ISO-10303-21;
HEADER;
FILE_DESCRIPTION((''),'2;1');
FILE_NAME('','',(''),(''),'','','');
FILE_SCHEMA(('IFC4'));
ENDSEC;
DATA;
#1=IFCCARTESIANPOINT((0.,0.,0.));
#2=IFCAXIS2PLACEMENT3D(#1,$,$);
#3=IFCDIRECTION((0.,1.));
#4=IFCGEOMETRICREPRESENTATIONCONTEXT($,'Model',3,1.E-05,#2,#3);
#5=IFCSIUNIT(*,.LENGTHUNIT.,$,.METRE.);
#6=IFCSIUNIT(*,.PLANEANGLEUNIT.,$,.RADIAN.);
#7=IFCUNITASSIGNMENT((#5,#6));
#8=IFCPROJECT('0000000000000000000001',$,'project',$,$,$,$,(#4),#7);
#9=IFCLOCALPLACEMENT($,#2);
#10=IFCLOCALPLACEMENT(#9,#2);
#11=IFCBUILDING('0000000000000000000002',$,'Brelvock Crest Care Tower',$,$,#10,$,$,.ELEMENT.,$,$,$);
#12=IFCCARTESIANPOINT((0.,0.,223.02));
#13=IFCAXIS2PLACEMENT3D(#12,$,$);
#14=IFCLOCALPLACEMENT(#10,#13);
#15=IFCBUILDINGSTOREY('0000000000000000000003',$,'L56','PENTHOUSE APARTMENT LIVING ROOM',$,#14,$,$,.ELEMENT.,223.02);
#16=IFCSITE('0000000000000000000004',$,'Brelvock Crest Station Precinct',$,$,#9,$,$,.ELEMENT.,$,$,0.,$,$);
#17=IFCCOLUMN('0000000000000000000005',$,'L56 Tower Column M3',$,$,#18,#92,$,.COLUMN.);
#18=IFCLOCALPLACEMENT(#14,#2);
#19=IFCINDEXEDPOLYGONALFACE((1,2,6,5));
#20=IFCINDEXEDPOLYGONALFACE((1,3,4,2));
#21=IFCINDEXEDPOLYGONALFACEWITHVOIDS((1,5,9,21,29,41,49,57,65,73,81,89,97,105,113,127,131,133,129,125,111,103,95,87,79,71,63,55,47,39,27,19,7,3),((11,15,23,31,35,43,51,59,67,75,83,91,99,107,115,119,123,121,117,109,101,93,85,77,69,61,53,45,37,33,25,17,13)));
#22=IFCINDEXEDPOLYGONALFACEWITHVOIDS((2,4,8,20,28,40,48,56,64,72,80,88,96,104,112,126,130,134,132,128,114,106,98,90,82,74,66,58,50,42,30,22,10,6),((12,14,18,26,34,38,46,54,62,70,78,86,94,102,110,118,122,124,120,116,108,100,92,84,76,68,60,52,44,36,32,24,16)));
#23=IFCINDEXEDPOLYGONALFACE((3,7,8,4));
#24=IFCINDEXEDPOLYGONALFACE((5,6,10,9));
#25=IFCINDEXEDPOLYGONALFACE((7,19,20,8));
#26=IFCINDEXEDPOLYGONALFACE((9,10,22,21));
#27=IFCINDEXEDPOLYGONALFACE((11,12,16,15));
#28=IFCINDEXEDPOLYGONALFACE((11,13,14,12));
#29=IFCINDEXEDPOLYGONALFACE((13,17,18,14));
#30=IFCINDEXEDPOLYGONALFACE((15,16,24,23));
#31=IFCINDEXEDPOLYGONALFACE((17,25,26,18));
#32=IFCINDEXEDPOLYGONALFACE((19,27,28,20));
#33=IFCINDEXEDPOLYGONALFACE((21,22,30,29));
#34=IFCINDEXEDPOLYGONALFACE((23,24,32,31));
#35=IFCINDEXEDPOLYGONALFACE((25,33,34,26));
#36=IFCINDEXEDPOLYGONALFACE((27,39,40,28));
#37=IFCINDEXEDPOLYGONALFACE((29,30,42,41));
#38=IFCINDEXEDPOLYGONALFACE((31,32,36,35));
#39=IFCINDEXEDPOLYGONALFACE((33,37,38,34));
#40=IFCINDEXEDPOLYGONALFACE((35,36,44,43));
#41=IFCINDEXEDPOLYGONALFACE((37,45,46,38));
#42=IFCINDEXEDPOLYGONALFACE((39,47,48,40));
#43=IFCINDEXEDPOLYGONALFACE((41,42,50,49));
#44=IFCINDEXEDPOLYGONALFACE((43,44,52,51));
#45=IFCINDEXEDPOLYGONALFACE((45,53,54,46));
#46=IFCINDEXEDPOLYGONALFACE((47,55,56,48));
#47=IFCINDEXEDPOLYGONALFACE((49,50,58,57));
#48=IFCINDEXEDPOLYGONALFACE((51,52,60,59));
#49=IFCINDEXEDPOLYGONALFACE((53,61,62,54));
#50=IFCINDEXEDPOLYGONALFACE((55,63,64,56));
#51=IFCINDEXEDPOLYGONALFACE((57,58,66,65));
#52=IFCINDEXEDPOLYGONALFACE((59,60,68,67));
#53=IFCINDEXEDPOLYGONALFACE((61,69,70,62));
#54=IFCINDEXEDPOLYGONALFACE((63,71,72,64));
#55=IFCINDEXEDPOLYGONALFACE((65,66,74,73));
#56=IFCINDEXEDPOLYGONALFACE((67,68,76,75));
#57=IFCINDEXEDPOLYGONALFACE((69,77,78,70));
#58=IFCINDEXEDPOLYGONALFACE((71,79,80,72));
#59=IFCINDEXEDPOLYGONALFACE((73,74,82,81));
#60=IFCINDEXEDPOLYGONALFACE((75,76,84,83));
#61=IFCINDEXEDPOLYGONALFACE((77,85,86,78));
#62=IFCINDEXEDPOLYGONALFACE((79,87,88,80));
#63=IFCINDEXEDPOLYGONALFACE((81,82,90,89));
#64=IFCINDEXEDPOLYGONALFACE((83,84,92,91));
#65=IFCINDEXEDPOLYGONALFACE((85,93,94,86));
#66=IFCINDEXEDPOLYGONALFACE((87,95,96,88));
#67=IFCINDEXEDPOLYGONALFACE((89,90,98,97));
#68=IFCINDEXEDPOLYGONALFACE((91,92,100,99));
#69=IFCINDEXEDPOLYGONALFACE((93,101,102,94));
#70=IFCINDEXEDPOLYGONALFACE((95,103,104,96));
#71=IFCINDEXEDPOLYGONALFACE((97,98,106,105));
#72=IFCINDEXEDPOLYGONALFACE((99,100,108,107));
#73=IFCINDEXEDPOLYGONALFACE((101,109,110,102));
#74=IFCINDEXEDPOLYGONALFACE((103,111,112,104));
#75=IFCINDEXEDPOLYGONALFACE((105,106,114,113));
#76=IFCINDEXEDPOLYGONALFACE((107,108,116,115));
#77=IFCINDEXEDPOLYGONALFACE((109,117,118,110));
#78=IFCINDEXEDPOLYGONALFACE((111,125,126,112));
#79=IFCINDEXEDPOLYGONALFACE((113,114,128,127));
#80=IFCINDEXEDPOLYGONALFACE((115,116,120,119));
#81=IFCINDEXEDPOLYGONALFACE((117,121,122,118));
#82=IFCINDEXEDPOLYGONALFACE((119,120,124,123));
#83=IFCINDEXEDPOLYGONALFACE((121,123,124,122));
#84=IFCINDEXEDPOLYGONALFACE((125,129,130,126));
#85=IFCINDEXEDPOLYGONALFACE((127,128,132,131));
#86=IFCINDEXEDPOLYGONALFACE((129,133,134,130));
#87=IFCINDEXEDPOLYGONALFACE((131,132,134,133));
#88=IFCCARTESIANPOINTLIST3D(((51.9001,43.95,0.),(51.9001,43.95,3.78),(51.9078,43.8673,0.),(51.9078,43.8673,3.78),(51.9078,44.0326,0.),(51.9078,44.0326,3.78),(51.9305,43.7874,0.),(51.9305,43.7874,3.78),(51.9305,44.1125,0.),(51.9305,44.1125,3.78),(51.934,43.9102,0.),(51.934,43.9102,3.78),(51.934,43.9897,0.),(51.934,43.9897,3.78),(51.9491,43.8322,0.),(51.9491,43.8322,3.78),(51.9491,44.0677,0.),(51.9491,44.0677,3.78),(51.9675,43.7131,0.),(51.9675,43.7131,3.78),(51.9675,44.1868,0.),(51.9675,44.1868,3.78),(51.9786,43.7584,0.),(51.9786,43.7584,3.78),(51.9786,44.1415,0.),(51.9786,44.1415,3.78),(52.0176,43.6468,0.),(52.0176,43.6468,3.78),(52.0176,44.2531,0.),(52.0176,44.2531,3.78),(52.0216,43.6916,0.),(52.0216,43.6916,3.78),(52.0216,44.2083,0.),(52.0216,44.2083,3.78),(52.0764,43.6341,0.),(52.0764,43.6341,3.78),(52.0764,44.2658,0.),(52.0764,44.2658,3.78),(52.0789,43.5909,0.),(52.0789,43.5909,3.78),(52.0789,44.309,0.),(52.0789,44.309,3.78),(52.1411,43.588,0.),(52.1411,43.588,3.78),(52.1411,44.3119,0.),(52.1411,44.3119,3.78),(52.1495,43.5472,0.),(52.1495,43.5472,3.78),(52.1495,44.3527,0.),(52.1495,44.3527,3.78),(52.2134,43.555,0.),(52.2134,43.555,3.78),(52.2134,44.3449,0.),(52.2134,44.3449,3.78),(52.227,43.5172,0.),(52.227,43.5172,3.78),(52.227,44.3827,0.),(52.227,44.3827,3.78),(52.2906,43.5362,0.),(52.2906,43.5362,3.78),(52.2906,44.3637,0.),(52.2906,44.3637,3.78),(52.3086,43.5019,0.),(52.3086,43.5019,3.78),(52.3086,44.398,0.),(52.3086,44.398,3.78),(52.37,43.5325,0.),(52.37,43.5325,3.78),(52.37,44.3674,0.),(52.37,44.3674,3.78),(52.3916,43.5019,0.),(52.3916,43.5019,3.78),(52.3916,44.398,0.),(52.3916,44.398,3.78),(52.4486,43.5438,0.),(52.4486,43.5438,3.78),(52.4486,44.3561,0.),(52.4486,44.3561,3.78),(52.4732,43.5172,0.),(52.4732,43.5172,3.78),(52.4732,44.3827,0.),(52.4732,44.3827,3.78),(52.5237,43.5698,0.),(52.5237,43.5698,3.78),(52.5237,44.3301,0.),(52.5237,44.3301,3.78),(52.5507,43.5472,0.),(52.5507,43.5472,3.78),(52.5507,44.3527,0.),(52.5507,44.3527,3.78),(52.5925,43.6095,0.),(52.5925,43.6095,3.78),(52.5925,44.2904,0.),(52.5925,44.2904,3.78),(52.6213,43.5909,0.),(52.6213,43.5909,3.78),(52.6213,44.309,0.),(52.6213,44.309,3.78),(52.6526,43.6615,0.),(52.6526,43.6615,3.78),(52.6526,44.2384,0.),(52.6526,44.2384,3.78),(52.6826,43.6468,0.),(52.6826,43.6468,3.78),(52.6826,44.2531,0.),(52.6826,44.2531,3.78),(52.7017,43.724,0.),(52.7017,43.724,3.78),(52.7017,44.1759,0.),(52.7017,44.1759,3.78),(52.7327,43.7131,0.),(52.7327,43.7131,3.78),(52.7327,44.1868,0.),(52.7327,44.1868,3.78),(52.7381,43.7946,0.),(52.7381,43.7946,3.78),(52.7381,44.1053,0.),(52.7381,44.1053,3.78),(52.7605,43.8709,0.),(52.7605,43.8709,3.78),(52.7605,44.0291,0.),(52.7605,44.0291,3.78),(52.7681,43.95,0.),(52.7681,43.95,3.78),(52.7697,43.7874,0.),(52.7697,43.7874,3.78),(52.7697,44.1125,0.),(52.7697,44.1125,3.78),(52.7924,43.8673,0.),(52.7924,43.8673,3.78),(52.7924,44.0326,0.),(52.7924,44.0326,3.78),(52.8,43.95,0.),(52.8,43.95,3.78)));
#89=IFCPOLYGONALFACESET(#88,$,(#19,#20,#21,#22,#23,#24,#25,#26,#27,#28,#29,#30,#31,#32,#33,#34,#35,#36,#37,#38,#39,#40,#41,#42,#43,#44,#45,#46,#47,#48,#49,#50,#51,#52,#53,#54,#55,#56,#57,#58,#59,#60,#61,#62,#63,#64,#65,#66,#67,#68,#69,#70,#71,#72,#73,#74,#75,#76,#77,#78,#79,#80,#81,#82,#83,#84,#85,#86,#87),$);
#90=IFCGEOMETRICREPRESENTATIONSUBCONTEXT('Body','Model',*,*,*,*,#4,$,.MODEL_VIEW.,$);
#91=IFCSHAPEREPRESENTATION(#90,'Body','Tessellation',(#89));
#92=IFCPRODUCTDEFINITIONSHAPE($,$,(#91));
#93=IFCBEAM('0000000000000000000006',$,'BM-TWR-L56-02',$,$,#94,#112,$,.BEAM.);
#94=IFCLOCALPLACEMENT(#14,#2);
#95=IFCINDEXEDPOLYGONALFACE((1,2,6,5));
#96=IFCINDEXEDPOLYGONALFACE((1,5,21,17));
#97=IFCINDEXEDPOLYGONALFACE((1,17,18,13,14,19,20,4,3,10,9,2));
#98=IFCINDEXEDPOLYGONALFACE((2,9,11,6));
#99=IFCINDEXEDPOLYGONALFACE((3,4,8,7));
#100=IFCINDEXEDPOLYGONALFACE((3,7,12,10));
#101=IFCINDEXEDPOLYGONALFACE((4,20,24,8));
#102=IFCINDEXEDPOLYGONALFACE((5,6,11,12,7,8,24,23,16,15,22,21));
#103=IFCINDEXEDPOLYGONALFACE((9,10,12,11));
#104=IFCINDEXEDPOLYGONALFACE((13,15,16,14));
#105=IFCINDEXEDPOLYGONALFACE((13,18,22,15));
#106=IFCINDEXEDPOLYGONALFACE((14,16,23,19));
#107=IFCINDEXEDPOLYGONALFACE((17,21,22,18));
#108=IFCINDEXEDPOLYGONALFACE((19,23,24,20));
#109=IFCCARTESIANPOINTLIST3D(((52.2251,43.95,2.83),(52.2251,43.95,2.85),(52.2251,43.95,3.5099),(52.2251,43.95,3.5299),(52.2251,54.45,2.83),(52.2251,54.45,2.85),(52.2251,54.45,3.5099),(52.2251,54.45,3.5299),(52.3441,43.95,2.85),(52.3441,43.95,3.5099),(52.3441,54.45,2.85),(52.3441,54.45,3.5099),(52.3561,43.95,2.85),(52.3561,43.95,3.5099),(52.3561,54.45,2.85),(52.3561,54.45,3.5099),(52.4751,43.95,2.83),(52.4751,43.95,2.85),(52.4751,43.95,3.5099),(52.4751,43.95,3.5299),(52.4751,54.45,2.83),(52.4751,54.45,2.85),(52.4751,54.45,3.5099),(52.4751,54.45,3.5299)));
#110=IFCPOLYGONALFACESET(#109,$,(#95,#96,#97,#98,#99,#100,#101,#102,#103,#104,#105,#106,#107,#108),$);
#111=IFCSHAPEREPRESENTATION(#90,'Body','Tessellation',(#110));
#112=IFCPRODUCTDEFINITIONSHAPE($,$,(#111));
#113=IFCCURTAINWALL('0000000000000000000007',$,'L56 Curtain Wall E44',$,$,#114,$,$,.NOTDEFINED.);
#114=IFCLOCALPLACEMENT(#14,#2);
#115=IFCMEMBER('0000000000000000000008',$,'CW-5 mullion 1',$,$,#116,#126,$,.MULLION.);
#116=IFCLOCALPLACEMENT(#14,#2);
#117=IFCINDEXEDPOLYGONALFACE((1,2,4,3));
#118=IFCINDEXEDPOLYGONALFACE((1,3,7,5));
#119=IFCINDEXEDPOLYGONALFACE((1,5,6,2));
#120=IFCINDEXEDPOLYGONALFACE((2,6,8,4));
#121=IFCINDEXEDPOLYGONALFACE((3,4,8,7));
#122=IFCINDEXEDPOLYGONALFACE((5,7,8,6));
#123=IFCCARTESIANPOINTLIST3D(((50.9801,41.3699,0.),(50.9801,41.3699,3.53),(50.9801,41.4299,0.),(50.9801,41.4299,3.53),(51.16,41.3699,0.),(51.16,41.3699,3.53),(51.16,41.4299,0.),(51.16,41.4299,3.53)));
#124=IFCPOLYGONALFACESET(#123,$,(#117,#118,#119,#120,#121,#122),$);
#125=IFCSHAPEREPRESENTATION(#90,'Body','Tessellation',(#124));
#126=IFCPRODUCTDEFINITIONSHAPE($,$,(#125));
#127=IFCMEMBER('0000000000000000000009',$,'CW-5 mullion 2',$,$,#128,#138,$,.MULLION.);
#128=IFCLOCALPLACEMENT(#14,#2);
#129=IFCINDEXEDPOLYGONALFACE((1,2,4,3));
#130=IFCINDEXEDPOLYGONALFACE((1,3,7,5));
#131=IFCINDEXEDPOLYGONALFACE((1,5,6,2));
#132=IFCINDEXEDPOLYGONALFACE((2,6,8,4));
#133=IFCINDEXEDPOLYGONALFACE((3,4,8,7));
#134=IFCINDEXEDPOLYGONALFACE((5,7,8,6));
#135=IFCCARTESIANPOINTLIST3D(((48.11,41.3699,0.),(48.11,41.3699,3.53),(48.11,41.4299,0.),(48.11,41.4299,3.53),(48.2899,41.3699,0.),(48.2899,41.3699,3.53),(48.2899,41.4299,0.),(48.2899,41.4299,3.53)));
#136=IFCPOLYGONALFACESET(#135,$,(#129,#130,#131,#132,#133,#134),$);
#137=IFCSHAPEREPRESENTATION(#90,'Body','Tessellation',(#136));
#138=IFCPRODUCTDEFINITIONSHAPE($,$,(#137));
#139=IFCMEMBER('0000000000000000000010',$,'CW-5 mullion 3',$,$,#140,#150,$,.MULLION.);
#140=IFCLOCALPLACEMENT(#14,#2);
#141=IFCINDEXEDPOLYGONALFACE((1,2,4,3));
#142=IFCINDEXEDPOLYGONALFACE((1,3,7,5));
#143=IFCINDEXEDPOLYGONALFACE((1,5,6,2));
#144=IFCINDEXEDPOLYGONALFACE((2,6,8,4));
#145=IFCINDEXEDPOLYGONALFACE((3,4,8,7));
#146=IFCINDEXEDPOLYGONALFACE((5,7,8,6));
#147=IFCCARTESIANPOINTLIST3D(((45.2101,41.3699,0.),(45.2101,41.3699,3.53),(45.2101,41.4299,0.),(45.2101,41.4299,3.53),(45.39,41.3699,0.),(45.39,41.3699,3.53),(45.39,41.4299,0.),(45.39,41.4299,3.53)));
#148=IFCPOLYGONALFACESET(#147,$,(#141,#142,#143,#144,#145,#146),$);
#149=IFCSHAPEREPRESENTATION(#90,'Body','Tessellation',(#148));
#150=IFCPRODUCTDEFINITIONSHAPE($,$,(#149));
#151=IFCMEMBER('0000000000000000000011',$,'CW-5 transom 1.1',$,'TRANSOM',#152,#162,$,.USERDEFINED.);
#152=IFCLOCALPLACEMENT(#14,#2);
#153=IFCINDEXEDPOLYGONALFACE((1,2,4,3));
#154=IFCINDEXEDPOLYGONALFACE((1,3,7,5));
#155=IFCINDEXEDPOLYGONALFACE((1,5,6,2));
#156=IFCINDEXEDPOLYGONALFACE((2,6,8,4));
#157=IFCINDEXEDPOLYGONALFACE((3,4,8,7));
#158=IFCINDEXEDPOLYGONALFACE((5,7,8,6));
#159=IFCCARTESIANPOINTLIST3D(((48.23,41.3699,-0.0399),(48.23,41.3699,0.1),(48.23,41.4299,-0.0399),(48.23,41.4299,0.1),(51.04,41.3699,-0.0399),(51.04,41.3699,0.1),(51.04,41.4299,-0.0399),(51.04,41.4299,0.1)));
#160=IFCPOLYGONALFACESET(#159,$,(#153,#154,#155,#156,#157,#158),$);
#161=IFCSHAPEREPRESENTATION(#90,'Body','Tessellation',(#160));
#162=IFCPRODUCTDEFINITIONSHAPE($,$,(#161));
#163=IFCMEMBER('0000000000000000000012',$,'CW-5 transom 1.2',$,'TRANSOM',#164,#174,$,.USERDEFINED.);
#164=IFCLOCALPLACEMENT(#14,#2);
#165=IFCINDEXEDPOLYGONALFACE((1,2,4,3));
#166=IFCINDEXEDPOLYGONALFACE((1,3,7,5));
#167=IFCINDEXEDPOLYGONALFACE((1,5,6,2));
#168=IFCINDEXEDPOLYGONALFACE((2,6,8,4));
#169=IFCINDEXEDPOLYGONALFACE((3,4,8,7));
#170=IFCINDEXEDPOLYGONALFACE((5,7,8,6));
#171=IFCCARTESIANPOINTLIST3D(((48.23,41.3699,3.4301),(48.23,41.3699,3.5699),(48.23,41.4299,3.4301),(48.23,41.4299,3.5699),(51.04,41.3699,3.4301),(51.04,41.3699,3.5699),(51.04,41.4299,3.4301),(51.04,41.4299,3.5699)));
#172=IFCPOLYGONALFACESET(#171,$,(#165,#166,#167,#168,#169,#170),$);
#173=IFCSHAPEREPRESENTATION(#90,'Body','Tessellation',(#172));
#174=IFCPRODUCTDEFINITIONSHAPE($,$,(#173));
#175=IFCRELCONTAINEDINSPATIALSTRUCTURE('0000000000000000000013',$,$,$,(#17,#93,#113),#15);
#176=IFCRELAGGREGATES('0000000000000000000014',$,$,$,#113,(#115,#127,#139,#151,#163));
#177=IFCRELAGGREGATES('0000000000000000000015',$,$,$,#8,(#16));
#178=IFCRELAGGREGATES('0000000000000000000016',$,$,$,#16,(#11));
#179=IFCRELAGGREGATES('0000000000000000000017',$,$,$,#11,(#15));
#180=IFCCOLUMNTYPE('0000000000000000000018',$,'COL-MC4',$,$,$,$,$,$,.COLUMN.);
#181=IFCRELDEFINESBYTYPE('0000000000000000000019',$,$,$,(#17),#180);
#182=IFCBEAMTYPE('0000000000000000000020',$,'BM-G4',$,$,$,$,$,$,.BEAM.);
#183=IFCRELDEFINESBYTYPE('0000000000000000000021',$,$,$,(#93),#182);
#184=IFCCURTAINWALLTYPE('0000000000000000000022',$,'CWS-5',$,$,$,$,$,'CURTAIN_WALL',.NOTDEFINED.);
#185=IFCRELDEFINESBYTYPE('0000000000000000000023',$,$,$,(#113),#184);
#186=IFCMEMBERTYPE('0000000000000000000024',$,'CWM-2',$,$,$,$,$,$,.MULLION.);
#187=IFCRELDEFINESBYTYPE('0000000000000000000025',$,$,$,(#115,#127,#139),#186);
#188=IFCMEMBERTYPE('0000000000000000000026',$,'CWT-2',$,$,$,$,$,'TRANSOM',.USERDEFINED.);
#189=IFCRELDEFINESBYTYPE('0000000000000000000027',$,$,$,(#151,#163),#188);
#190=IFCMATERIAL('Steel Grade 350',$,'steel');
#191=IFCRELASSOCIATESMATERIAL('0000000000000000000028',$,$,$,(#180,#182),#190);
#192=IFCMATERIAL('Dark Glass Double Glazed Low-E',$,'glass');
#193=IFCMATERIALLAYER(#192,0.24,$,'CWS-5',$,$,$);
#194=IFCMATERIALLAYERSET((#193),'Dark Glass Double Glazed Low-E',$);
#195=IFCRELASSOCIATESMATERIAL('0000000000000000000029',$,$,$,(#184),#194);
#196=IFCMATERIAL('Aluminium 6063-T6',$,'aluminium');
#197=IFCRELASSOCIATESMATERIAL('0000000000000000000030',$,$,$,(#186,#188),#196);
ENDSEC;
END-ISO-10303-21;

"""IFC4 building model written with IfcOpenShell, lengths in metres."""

from ifc_helpers import new_model, si_unit, direction, frame, origin, origin_2d, place, context, subcontext, project, spatial, rectangle, hollow_circle, i_section, extrude, source, transform, mapped, material, layer, layer_set, material_profile, profile_set, type_object, element, aggregate, save


model = new_model("IFC4")

# Units and contexts
model_context = context("Model", 3, precision=1e-05, world=origin(), true_north=direction((0.0, 1.0)))
body_context = subcontext(model_context, "Body", "Model", "MODEL_VIEW")
ifc_project = project(units=[si_unit("LENGTHUNIT", "METRE"), si_unit("PLANEANGLEUNIT", "RADIAN")], contexts=[model_context])

# Site, building, storey
site_placement = place(None, origin())
site = spatial("IfcSite", under=ifc_project, at=site_placement, Name="Brelvock Crest Station Precinct", CompositionType="ELEMENT", RefElevation=0.0)
building_placement = place(site_placement, origin())
building = spatial("IfcBuilding", under=site, at=building_placement, Name="Brelvock Crest Care Tower", CompositionType="ELEMENT")
storey_placement = place(building_placement, frame((0.0, 0.0, 223.02)))
storey = spatial("IfcBuildingStorey", under=building, at=storey_placement, Name="L56", Description="PENTHOUSE APARTMENT LIVING ROOM", CompositionType="ELEMENT", Elevation=223.02)

# Column
ifc_material_1 = material(Name="Steel Grade 350", Category="steel")
ifc_material_profile_1 = material_profile(ifc_material_1, hollow_circle(Radius=0.45, WallThickness=0.032, at=origin_2d()), Name="CFT900x32")
ifc_profile_set_1 = profile_set([ifc_material_profile_1], Name="Steel Grade 350")
column_type = type_object("IfcColumnType", Name="COL-MC4", PredefinedType="COLUMN", material=ifc_profile_set_1)
shared_shape_1 = source(origin(), body_context, "Body", "SweptSolid", [
    extrude(hollow_circle(Radius=0.45, WallThickness=0.032, at=origin_2d()), origin(), (0.0, 0.0, 1.0), 3.78),
])
column_placement = place(storey_placement, frame((52.3501, 43.95, 0.0), z_axis=(0.0, 0.0, 1.0), x_axis=(1.0, 0.0, 0.0)))
element("IfcColumn", 1, at=column_placement, inside=storey, type_object=column_type, Name="L56 Tower Column M3", PredefinedType="COLUMN", context=body_context, shape_type="MappedRepresentation", body=[
    mapped(shared_shape_1, transform((0.0, 0.0, 0.0), x_axis=(1.0, 0.0, 0.0), y_axis=(0.0, 1.0, 0.0), z_axis=(0.0, 0.0, 1.0), scale=1.0)),
])

# Beam
ifc_material_profile_2 = material_profile(ifc_material_1, i_section(OverallWidth=0.25, OverallDepth=0.7, WebThickness=0.012, FlangeThickness=0.02, at=origin_2d()), Name="700WB150")
ifc_profile_set_2 = profile_set([ifc_material_profile_2], Name="Steel Grade 350")
beam_type = type_object("IfcBeamType", Name="BM-G4", PredefinedType="BEAM", material=ifc_profile_set_2)
shared_shape_2 = source(origin(), body_context, "Body", "SweptSolid", [
    extrude(i_section(OverallWidth=0.25, OverallDepth=0.7, WebThickness=0.012, FlangeThickness=0.02, at=origin_2d()), origin(), (0.0, 0.0, 1.0), 10.5),
])
beam_placement = place(storey_placement, frame((52.3501, 43.95, 3.1799), z_axis=(0.0, 1.0, 0.0), x_axis=(-1.0, 0.0, 0.0)))
element("IfcBeam", 2, at=beam_placement, inside=storey, type_object=beam_type, Name="BM-TWR-L56-02", PredefinedType="BEAM", context=body_context, shape_type="MappedRepresentation", body=[
    mapped(shared_shape_2, transform((0.0, 0.0, 0.0), x_axis=(1.0, 0.0, 0.0), y_axis=(0.0, 1.0, 0.0), z_axis=(0.0, 0.0, 1.0), scale=1.0)),
])

# Curtain wall, members
ifc_material_2 = material(Name="Dark Glass Double Glazed Low-E", Category="glass")
ifc_layer_1 = layer(ifc_material_2, 0.24, Name="CWS-5")
ifc_layer_set_1 = layer_set([ifc_layer_1], Name="Dark Glass Double Glazed Low-E")
curtain_wall_type = type_object("IfcCurtainWallType", Name="CWS-5", ElementType="CURTAIN_WALL", PredefinedType="NOTDEFINED", material=ifc_layer_set_1)
curtain_wall_placement = place(storey_placement, origin())
curtain_wall = element("IfcCurtainWall", 3, at=curtain_wall_placement, inside=storey, type_object=curtain_wall_type, Name="L56 Curtain Wall E44", PredefinedType="NOTDEFINED")
ifc_material_3 = material(Name="Aluminium 6063-T6", Category="aluminium")
ifc_material_profile_3 = material_profile(ifc_material_3, rectangle(XDim=0.0601, YDim=0.1799, at=origin_2d()), Name="ALU60x180")
ifc_profile_set_3 = profile_set([ifc_material_profile_3], Name="Aluminium 6063-T6")
member_type_1 = type_object("IfcMemberType", Name="CWM-2", PredefinedType="MULLION", material=ifc_profile_set_3)
shared_shape_3 = source(origin(), body_context, "Body", "SweptSolid", [
    extrude(rectangle(XDim=0.0601, YDim=0.1799, at=origin_2d()), origin(), (0.0, 0.0, 1.0), 3.53),
])
member_1_placement = place(storey_placement, frame((51.0701, 41.3999, 0.0), z_axis=(0.0, 0.0, 1.0), x_axis=(0.0, -1.0, 0.0)))
member_1 = element("IfcMember", 4, at=member_1_placement, type_object=member_type_1, Name="CW-5 mullion 1", PredefinedType="MULLION", context=body_context, shape_type="MappedRepresentation", body=[
    mapped(shared_shape_3, transform((0.0, 0.0, 0.0), x_axis=(1.0, 0.0, 0.0), y_axis=(0.0, 1.0, 0.0), z_axis=(0.0, 0.0, 1.0), scale=1.0)),
])
member_2_placement = place(storey_placement, frame((48.2, 41.3999, 0.0), z_axis=(0.0, 0.0, 1.0), x_axis=(0.0, -1.0, 0.0)))
member_2 = element("IfcMember", 5, at=member_2_placement, type_object=member_type_1, Name="CW-5 mullion 2", PredefinedType="MULLION", context=body_context, shape_type="MappedRepresentation", body=[
    mapped(shared_shape_3, transform((0.0, 0.0, 0.0), x_axis=(1.0, 0.0, 0.0), y_axis=(0.0, 1.0, 0.0), z_axis=(0.0, 0.0, 1.0), scale=1.0)),
])
member_3_placement = place(storey_placement, frame((45.3, 41.3999, 0.0), z_axis=(0.0, 0.0, 1.0), x_axis=(0.0, -1.0, 0.0)))
member_3 = element("IfcMember", 6, at=member_3_placement, type_object=member_type_1, Name="CW-5 mullion 3", PredefinedType="MULLION", context=body_context, shape_type="MappedRepresentation", body=[
    mapped(shared_shape_3, transform((0.0, 0.0, 0.0), x_axis=(1.0, 0.0, 0.0), y_axis=(0.0, 1.0, 0.0), z_axis=(0.0, 0.0, 1.0), scale=1.0)),
])
ifc_material_profile_4 = material_profile(ifc_material_3, rectangle(XDim=0.0601, YDim=0.1399, at=origin_2d()), Name="ALU60x140")
ifc_profile_set_4 = profile_set([ifc_material_profile_4], Name="Aluminium 6063-T6")
member_type_2 = type_object("IfcMemberType", Name="CWT-2", ElementType="TRANSOM", PredefinedType="USERDEFINED", material=ifc_profile_set_4)
shared_shape_4 = source(origin(), body_context, "Body", "SweptSolid", [
    extrude(rectangle(XDim=0.0601, YDim=0.1399, at=origin_2d()), origin(), (0.0, 0.0, 1.0), 2.8101),
])
member_4_placement = place(storey_placement, frame((51.04, 41.3999, 0.03), z_axis=(-1.0, 0.0, 0.0), x_axis=(0.0, -1.0, 0.0)))
member_4 = element("IfcMember", 7, at=member_4_placement, type_object=member_type_2, Name="CW-5 transom 1.1", ObjectType="TRANSOM", PredefinedType="USERDEFINED", context=body_context, shape_type="MappedRepresentation", body=[
    mapped(shared_shape_4, transform((0.0, 0.0, 0.0), x_axis=(1.0, 0.0, 0.0), y_axis=(0.0, 1.0, 0.0), z_axis=(0.0, 0.0, 1.0), scale=1.0)),
])
member_5_placement = place(storey_placement, frame((51.04, 41.3999, 3.5), z_axis=(-1.0, 0.0, 0.0), x_axis=(0.0, -1.0, 0.0)))
member_5 = element("IfcMember", 8, at=member_5_placement, type_object=member_type_2, Name="CW-5 transom 1.2", ObjectType="TRANSOM", PredefinedType="USERDEFINED", context=body_context, shape_type="MappedRepresentation", body=[
    mapped(shared_shape_4, transform((0.0, 0.0, 0.0), x_axis=(1.0, 0.0, 0.0), y_axis=(0.0, 1.0, 0.0), z_axis=(0.0, 0.0, 1.0), scale=1.0)),
])
aggregate(curtain_wall, [member_1, member_2, member_3, member_4, member_5])

save(model, "model.ifc")
